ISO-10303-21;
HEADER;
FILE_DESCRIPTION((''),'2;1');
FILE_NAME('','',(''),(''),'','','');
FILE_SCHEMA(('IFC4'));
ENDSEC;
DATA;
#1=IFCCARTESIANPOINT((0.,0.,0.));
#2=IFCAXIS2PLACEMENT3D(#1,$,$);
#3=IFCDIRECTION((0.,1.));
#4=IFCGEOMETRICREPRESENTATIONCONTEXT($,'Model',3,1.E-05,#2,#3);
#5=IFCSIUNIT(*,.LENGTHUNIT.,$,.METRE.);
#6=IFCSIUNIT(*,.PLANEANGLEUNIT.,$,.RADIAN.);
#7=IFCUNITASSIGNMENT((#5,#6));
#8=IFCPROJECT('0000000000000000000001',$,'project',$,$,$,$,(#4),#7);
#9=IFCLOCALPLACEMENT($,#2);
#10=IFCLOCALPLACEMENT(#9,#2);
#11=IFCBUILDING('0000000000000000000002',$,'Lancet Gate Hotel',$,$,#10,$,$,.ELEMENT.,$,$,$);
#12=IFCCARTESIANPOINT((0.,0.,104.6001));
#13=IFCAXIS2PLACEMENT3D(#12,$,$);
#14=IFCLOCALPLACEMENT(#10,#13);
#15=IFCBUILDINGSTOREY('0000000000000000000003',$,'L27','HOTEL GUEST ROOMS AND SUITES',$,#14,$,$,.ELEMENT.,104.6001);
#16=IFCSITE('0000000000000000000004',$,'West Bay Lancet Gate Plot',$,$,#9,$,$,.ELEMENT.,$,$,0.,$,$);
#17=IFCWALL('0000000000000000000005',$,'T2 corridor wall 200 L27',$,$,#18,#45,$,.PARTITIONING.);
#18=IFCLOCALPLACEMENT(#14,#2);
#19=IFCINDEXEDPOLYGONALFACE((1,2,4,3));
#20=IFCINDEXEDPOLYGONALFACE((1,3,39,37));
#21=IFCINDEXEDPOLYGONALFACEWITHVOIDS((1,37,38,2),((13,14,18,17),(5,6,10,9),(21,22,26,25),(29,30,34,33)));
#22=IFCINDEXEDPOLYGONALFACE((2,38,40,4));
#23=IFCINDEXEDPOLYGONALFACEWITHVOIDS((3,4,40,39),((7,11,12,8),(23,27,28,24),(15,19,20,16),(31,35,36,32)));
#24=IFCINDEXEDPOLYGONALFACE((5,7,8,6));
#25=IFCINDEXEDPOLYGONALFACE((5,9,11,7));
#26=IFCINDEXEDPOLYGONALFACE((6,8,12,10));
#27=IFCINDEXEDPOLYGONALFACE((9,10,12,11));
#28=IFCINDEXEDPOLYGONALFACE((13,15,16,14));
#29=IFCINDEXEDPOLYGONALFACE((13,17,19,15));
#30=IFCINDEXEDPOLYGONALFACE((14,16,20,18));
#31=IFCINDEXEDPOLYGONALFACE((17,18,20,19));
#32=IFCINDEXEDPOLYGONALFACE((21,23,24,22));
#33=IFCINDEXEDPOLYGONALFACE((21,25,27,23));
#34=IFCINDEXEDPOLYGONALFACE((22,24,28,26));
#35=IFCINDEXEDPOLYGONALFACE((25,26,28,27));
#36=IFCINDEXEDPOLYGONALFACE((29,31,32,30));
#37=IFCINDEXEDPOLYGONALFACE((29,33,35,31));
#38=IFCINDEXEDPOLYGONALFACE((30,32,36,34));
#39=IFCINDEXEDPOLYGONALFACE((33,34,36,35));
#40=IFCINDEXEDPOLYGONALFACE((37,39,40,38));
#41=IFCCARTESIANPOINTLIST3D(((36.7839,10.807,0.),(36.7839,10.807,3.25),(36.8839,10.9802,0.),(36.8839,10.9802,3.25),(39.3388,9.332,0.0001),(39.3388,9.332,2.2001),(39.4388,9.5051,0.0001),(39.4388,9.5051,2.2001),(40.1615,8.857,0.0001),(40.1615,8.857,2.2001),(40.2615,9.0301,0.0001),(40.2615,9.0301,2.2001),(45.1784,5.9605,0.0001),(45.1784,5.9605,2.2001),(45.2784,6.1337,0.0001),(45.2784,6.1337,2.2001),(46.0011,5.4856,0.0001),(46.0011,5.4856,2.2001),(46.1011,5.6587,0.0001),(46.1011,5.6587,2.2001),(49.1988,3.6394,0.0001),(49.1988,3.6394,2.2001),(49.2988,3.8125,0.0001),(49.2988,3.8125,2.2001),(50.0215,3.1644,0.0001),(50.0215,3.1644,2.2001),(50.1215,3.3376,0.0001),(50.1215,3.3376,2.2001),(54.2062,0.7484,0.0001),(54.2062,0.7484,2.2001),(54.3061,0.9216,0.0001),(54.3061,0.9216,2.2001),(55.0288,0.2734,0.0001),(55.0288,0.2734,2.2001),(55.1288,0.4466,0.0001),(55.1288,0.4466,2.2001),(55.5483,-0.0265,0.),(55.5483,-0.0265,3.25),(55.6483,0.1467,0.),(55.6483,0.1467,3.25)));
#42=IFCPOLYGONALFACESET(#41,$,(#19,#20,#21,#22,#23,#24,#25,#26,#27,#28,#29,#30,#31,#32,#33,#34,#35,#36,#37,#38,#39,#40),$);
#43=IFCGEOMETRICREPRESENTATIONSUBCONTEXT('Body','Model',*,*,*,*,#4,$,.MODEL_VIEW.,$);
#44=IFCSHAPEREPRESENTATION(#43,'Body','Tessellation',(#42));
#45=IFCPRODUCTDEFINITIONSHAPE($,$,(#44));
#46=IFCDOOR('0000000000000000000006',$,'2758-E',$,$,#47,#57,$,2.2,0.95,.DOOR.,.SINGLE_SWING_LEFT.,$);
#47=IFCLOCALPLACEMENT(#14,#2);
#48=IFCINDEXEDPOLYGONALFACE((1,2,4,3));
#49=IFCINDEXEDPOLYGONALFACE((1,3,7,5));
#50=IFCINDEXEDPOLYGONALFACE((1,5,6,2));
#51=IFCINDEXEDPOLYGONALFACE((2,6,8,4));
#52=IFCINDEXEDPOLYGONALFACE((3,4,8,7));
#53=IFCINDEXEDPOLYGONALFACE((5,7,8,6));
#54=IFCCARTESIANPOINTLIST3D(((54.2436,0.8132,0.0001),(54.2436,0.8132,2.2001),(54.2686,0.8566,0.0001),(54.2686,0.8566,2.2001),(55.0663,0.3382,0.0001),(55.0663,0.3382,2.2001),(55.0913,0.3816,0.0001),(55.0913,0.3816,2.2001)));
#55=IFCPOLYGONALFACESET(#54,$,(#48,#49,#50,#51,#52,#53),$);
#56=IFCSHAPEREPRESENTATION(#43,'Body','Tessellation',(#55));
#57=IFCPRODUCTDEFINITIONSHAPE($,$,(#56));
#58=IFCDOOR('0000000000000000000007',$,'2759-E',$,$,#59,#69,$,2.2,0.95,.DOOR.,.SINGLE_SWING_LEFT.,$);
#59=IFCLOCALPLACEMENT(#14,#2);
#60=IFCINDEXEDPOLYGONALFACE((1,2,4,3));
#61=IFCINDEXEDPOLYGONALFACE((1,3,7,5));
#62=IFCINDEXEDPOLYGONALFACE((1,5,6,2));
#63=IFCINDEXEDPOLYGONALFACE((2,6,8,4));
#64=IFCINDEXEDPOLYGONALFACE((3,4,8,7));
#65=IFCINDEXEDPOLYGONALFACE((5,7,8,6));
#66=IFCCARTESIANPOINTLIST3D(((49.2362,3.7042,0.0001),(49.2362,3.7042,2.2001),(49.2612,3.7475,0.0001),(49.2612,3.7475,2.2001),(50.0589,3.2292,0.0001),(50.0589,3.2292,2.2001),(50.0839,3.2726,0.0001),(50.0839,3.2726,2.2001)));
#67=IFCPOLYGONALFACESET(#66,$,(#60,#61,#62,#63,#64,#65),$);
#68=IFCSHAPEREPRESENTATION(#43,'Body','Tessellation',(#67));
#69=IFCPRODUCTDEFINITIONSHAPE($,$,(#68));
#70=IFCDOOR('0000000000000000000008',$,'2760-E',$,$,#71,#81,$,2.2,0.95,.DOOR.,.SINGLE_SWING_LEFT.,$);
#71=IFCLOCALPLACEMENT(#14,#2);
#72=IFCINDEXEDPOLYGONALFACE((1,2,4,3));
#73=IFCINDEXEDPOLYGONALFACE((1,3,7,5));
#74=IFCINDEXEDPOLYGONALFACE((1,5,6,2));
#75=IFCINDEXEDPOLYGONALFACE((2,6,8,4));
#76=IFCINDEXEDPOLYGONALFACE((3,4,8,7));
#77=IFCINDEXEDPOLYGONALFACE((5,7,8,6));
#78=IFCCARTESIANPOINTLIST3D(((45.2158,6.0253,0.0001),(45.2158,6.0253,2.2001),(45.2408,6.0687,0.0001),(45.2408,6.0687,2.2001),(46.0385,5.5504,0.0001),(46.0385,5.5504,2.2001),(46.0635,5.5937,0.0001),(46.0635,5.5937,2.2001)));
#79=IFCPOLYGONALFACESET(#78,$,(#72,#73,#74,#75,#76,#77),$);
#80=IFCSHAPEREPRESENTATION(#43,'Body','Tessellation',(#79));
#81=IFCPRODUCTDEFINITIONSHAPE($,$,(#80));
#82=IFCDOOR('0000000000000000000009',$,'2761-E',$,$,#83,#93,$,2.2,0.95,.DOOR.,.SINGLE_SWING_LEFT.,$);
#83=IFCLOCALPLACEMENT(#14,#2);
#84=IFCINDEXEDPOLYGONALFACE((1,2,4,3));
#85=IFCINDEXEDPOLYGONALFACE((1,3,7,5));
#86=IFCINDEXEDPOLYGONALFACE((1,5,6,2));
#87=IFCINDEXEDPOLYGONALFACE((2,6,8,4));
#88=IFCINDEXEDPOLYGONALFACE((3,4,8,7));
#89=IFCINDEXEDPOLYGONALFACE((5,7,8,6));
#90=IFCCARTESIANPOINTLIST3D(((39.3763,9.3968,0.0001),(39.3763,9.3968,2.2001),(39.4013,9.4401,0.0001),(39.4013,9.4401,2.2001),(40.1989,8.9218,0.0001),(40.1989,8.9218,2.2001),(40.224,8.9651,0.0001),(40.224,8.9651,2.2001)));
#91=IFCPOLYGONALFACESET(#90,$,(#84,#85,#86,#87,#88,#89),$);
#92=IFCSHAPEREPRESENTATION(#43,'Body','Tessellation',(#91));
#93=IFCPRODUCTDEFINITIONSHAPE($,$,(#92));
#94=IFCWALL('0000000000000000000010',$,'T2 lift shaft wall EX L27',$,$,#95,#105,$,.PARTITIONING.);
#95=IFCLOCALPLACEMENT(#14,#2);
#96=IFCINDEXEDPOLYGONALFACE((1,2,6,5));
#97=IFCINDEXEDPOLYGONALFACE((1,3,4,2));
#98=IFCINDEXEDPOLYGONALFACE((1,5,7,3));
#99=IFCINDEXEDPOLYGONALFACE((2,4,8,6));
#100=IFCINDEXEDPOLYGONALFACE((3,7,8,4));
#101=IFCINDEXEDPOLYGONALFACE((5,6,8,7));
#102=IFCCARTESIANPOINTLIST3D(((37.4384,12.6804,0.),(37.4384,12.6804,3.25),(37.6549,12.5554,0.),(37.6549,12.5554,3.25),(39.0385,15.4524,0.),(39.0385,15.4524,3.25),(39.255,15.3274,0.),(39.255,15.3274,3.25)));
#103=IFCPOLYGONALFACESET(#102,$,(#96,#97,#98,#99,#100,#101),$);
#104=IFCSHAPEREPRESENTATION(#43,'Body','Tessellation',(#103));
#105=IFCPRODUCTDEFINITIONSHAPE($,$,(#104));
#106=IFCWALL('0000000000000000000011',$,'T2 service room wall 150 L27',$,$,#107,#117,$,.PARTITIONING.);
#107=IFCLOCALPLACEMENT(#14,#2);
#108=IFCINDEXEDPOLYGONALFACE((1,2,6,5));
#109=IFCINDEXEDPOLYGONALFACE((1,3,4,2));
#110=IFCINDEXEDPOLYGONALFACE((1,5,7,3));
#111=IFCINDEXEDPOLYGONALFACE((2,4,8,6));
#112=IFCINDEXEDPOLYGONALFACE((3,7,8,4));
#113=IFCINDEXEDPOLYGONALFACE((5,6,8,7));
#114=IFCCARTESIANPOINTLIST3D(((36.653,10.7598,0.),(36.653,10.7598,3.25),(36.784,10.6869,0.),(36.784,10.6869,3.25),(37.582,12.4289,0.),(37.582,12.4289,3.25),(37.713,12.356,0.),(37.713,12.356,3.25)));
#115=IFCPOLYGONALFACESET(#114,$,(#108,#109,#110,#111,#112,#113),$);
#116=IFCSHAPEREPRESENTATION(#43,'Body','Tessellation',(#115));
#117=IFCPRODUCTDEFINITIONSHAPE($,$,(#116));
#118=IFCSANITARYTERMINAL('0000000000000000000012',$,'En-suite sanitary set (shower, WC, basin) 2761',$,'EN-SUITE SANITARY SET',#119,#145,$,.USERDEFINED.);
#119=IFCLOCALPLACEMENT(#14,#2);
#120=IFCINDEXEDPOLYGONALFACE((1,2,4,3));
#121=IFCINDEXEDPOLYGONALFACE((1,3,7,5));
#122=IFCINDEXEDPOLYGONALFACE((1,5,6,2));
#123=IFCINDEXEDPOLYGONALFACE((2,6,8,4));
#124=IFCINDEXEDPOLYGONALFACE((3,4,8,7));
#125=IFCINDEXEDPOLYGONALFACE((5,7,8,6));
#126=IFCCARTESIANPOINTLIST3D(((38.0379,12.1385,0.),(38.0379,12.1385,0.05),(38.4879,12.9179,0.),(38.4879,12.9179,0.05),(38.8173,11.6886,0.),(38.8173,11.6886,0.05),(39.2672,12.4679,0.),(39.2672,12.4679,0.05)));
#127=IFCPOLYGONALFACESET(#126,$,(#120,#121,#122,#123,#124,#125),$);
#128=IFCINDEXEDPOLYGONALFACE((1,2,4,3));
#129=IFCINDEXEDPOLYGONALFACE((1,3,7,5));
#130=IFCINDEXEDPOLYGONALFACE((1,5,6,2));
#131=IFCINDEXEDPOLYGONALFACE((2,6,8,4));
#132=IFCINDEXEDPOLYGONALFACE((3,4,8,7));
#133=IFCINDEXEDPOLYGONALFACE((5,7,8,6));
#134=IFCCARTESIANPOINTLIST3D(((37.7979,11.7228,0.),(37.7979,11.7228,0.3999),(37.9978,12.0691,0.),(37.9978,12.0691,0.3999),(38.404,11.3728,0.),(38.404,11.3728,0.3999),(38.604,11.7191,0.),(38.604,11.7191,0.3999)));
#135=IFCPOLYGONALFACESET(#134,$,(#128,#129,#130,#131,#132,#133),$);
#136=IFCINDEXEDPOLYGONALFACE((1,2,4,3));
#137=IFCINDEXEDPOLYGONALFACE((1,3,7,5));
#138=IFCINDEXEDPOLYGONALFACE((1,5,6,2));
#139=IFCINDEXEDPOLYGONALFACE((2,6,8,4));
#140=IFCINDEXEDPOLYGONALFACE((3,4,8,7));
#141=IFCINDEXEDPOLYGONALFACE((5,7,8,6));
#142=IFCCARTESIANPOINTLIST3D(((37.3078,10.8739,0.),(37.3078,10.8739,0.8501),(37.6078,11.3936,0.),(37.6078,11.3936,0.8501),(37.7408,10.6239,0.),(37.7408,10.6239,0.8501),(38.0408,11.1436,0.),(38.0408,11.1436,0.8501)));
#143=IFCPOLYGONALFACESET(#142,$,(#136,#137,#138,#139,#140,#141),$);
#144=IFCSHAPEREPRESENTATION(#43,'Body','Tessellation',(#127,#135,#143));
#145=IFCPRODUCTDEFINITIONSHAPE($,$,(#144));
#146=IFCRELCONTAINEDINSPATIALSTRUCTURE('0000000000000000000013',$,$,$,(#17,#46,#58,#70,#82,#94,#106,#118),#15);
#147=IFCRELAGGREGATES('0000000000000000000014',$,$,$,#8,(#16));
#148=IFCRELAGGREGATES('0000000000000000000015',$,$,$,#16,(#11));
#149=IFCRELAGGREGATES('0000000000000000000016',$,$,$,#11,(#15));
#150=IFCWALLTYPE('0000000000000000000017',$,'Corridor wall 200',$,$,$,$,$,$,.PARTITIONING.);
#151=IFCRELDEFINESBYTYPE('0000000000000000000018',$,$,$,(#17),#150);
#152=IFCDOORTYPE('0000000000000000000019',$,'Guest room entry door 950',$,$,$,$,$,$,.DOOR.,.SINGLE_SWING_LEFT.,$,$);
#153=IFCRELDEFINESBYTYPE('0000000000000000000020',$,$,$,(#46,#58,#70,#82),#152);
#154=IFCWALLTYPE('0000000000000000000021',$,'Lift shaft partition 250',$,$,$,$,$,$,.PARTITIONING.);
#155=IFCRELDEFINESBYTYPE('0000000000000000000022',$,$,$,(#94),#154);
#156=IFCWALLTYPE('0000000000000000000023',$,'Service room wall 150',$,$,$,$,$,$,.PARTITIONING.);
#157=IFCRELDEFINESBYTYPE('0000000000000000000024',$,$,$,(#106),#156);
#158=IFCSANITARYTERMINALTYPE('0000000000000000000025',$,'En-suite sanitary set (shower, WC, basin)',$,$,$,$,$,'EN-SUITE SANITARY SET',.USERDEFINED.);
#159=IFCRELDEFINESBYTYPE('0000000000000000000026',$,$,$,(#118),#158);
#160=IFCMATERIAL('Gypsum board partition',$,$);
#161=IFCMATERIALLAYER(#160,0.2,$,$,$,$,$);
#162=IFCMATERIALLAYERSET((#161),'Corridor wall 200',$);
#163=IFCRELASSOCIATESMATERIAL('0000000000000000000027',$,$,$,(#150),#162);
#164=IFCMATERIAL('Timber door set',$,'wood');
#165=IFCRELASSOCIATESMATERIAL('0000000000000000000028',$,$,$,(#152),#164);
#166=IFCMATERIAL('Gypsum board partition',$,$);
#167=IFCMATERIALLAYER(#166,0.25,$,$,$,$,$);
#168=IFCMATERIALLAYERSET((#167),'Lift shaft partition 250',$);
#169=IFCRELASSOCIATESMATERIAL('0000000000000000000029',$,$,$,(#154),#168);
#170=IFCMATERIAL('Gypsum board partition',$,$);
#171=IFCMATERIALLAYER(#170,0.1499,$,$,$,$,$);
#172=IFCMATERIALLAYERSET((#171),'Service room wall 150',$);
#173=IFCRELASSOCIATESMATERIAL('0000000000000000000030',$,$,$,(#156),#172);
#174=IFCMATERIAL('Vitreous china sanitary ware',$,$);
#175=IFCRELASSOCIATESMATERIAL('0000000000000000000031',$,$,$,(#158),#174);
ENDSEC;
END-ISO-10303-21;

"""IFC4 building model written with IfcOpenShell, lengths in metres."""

from ifc_helpers import new_model, si_unit, direction, frame, frame_2d, origin, origin_2d, place, context, subcontext, project, spatial, rectangle, extrude, material, layer, layer_set, type_object, element, fill, save


model = new_model("IFC4")

# Units and contexts
model_context = context("Model", 3, precision=1e-05, world=origin(), true_north=direction((0.0, 1.0)))
body_context = subcontext(model_context, "Body", "Model", "MODEL_VIEW")
ifc_project = project(units=[si_unit("LENGTHUNIT", "METRE"), si_unit("PLANEANGLEUNIT", "RADIAN")], contexts=[model_context])

# Site, building, storey
site_placement = place(None, origin())
site = spatial("IfcSite", under=ifc_project, at=site_placement, Name="West Bay Lancet Gate Plot", CompositionType="ELEMENT", RefElevation=0.0)
building_placement = place(site_placement, origin())
building = spatial("IfcBuilding", under=site, at=building_placement, Name="Lancet Gate Hotel", CompositionType="ELEMENT")
storey_placement = place(building_placement, frame((0.0, 0.0, 104.6001)))
storey = spatial("IfcBuildingStorey", under=building, at=storey_placement, Name="L27", Description="HOTEL GUEST ROOMS AND SUITES", CompositionType="ELEMENT", Elevation=104.6001)

# Wall, openings, doors
ifc_material_1 = material(Name="Gypsum board partition")
ifc_layer_1 = layer(ifc_material_1, 0.2)
ifc_layer_set_1 = layer_set([ifc_layer_1], Name="Corridor wall 200")
wall_type_1 = type_object("IfcWallType", Name="Corridor wall 200", PredefinedType="PARTITIONING", material=ifc_layer_set_1)
wall_1_placement = place(storey_placement, frame((36.834, 10.8936, 0.0), z_axis=(0.0, 0.0, 1.0), x_axis=(0.866028, -0.499995, 0.0)))
wall_1 = element("IfcWall", 1, at=wall_1_placement, inside=storey, type_object=wall_type_1, Name="T2 corridor wall 200 L27", PredefinedType="PARTITIONING", context=body_context, shape_type="SweptSolid", body=[
    extrude(rectangle(XDim=21.6672, YDim=0.2, at=frame_2d((10.8335, 0.0))), origin(), (0.0, 0.0, 1.0), 3.25),
])
opening_1_placement = place(wall_1_placement, frame((20.1172, 0.0, 0.0)))
opening_1 = element("IfcOpeningElement", 2, at=opening_1_placement, cuts=wall_1, PredefinedType="OPENING", context=body_context, shape_type="SweptSolid", body=[
    extrude(rectangle(XDim=0.95, YDim=2.2, at=frame_2d((0.4751, 1.1001))), frame((0.0, 0.1099, 0.0), z_axis=(0.0, -1.0, 0.0), x_axis=(1.0, 0.0, 0.0)), (0.0, 0.0, 1.0), 0.22),
])
opening_2_placement = place(wall_1_placement, frame((14.3352, 0.0, 0.0)))
opening_2 = element("IfcOpeningElement", 3, at=opening_2_placement, cuts=wall_1, PredefinedType="OPENING", context=body_context, shape_type="SweptSolid", body=[
    extrude(rectangle(XDim=0.95, YDim=2.2, at=frame_2d((0.4751, 1.1001))), frame((0.0, 0.1099, 0.0), z_axis=(0.0, -1.0, 0.0), x_axis=(1.0, 0.0, 0.0)), (0.0, 0.0, 1.0), 0.22),
])
opening_3_placement = place(wall_1_placement, frame((9.6929, 0.0, 0.0)))
opening_3 = element("IfcOpeningElement", 4, at=opening_3_placement, cuts=wall_1, PredefinedType="OPENING", context=body_context, shape_type="SweptSolid", body=[
    extrude(rectangle(XDim=0.95, YDim=2.2, at=frame_2d((0.4751, 1.1001))), frame((0.0, 0.1099, 0.0), z_axis=(0.0, -1.0, 0.0), x_axis=(1.0, 0.0, 0.0)), (0.0, 0.0, 1.0), 0.22),
])
opening_4_placement = place(wall_1_placement, frame((2.95, 0.0, 0.0)))
opening_4 = element("IfcOpeningElement", 5, at=opening_4_placement, cuts=wall_1, PredefinedType="OPENING", context=body_context, shape_type="SweptSolid", body=[
    extrude(rectangle(XDim=0.95, YDim=2.2, at=frame_2d((0.4751, 1.1001))), frame((0.0, 0.1099, 0.0), z_axis=(0.0, -1.0, 0.0), x_axis=(1.0, 0.0, 0.0)), (0.0, 0.0, 1.0), 0.22),
])
ifc_material_2 = material(Name="Timber door set", Category="wood")
door_type_1 = type_object("IfcDoorType", Name="Guest room entry door 950", OperationType="SINGLE_SWING_LEFT", PredefinedType="DOOR", material=ifc_material_2)
door_1_placement = place(opening_1_placement, origin())
door_1 = element("IfcDoor", 6, at=door_1_placement, inside=storey, type_object=door_type_1, Name="2758-E", OperationType="SINGLE_SWING_LEFT", OverallHeight=2.2, OverallWidth=0.95, PredefinedType="DOOR", context=body_context, shape_type="SweptSolid", body=[
    extrude(rectangle(XDim=0.95, YDim=2.2, at=frame_2d((0.4751, 1.1001))), frame((0.0, 0.0249, 0.0), z_axis=(0.0, -1.0, 0.0), x_axis=(1.0, 0.0, 0.0)), (0.0, 0.0, 1.0), 0.05),
])
fill(opening_1, door_1)
door_2_placement = place(opening_2_placement, origin())
door_2 = element("IfcDoor", 7, at=door_2_placement, inside=storey, type_object=door_type_1, Name="2759-E", OperationType="SINGLE_SWING_LEFT", OverallHeight=2.2, OverallWidth=0.95, PredefinedType="DOOR", context=body_context, shape_type="SweptSolid", body=[
    extrude(rectangle(XDim=0.95, YDim=2.2, at=frame_2d((0.4751, 1.1001))), frame((0.0, 0.0249, 0.0), z_axis=(0.0, -1.0, 0.0), x_axis=(1.0, 0.0, 0.0)), (0.0, 0.0, 1.0), 0.05),
])
fill(opening_2, door_2)
door_3_placement = place(opening_3_placement, origin())
door_3 = element("IfcDoor", 8, at=door_3_placement, inside=storey, type_object=door_type_1, Name="2760-E", OperationType="SINGLE_SWING_LEFT", OverallHeight=2.2, OverallWidth=0.95, PredefinedType="DOOR", context=body_context, shape_type="SweptSolid", body=[
    extrude(rectangle(XDim=0.95, YDim=2.2, at=frame_2d((0.4751, 1.1001))), frame((0.0, 0.0249, 0.0), z_axis=(0.0, -1.0, 0.0), x_axis=(1.0, 0.0, 0.0)), (0.0, 0.0, 1.0), 0.05),
])
fill(opening_3, door_3)
door_4_placement = place(opening_4_placement, origin())
door_4 = element("IfcDoor", 9, at=door_4_placement, inside=storey, type_object=door_type_1, Name="2761-E", OperationType="SINGLE_SWING_LEFT", OverallHeight=2.2, OverallWidth=0.95, PredefinedType="DOOR", context=body_context, shape_type="SweptSolid", body=[
    extrude(rectangle(XDim=0.95, YDim=2.2, at=frame_2d((0.4751, 1.1001))), frame((0.0, 0.0249, 0.0), z_axis=(0.0, -1.0, 0.0), x_axis=(1.0, 0.0, 0.0)), (0.0, 0.0, 1.0), 0.05),
])
fill(opening_4, door_4)

# Walls
ifc_material_3 = material(Name="Gypsum board partition")
ifc_layer_2 = layer(ifc_material_3, 0.25)
ifc_layer_set_2 = layer_set([ifc_layer_2], Name="Lift shaft partition 250")
wall_type_2 = type_object("IfcWallType", Name="Lift shaft partition 250", PredefinedType="PARTITIONING", material=ifc_layer_set_2)
wall_2_placement = place(storey_placement, frame((37.5466, 12.6179, 0.0), z_axis=(0.0, 0.0, 1.0), x_axis=(0.499929, 0.866066, 0.0)))
element("IfcWall", 10, at=wall_2_placement, inside=storey, type_object=wall_type_2, Name="T2 lift shaft wall EX L27", PredefinedType="PARTITIONING", context=body_context, shape_type="SweptSolid", body=[
    extrude(rectangle(XDim=3.2007, YDim=0.25, at=frame_2d((1.6003, 0.0))), origin(), (0.0, 0.0, 1.0), 3.25),
])
ifc_material_4 = material(Name="Gypsum board partition")
ifc_layer_3 = layer(ifc_material_4, 0.1499)
ifc_layer_set_3 = layer_set([ifc_layer_3], Name="Service room wall 150")
wall_type_3 = type_object("IfcWallType", Name="Service room wall 150", PredefinedType="PARTITIONING", material=ifc_layer_set_3)
wall_3_placement = place(storey_placement, frame((36.7185, 10.7234, 0.0), z_axis=(0.0, 0.0, 1.0), x_axis=(0.486348, 0.873765, 0.0)))
element("IfcWall", 11, at=wall_3_placement, inside=storey, type_object=wall_type_3, Name="T2 service room wall 150 L27", PredefinedType="PARTITIONING", context=body_context, shape_type="SweptSolid", body=[
    extrude(rectangle(XDim=1.9102, YDim=0.1499, at=frame_2d((0.9551, 0.0))), origin(), (0.0, 0.0, 1.0), 3.25),
])

# Sanitary terminal
ifc_material_5 = material(Name="Vitreous china sanitary ware")
sanitary_terminal_type = type_object("IfcSanitaryTerminalType", Name="En-suite sanitary set (shower, WC, basin)", ElementType="EN-SUITE SANITARY SET", PredefinedType="USERDEFINED", material=ifc_material_5)
sanitary_terminal_placement = place(storey_placement, frame((38.6526, 12.3032, 0.0), z_axis=(0.0, 0.0, 1.0), x_axis=(1.0, 0.0, 0.0)))
element("IfcSanitaryTerminal", 12, at=sanitary_terminal_placement, inside=storey, type_object=sanitary_terminal_type, Name="En-suite sanitary set (shower, WC, basin) 2761", ObjectType="EN-SUITE SANITARY SET", PredefinedType="USERDEFINED", context=body_context, shape_type="SweptSolid", body=[
    extrude(rectangle(XDim=0.8999, YDim=0.8999, at=origin_2d()), frame((0.0, 0.0, 0.0), z_axis=(0.0, 0.0, 1.0), x_axis=(0.5, 0.866025, 0.0)), (0.0, 0.0, 1.0), 0.05),
    extrude(rectangle(XDim=0.3999, YDim=0.7, at=origin_2d()), frame((-0.4517, -0.5823, 0.0), z_axis=(0.0, 0.0, 1.0), x_axis=(0.5, 0.866025, 0.0)), (0.0, 0.0, 1.0), 0.3999),
    extrude(rectangle(XDim=0.6001, YDim=0.5, at=origin_2d()), frame((-0.9783, -1.2944, 0.0), z_axis=(0.0, 0.0, 1.0), x_axis=(0.5, 0.866025, 0.0)), (0.0, 0.0, 1.0), 0.8501),
])

save(model, "model.ifc")
